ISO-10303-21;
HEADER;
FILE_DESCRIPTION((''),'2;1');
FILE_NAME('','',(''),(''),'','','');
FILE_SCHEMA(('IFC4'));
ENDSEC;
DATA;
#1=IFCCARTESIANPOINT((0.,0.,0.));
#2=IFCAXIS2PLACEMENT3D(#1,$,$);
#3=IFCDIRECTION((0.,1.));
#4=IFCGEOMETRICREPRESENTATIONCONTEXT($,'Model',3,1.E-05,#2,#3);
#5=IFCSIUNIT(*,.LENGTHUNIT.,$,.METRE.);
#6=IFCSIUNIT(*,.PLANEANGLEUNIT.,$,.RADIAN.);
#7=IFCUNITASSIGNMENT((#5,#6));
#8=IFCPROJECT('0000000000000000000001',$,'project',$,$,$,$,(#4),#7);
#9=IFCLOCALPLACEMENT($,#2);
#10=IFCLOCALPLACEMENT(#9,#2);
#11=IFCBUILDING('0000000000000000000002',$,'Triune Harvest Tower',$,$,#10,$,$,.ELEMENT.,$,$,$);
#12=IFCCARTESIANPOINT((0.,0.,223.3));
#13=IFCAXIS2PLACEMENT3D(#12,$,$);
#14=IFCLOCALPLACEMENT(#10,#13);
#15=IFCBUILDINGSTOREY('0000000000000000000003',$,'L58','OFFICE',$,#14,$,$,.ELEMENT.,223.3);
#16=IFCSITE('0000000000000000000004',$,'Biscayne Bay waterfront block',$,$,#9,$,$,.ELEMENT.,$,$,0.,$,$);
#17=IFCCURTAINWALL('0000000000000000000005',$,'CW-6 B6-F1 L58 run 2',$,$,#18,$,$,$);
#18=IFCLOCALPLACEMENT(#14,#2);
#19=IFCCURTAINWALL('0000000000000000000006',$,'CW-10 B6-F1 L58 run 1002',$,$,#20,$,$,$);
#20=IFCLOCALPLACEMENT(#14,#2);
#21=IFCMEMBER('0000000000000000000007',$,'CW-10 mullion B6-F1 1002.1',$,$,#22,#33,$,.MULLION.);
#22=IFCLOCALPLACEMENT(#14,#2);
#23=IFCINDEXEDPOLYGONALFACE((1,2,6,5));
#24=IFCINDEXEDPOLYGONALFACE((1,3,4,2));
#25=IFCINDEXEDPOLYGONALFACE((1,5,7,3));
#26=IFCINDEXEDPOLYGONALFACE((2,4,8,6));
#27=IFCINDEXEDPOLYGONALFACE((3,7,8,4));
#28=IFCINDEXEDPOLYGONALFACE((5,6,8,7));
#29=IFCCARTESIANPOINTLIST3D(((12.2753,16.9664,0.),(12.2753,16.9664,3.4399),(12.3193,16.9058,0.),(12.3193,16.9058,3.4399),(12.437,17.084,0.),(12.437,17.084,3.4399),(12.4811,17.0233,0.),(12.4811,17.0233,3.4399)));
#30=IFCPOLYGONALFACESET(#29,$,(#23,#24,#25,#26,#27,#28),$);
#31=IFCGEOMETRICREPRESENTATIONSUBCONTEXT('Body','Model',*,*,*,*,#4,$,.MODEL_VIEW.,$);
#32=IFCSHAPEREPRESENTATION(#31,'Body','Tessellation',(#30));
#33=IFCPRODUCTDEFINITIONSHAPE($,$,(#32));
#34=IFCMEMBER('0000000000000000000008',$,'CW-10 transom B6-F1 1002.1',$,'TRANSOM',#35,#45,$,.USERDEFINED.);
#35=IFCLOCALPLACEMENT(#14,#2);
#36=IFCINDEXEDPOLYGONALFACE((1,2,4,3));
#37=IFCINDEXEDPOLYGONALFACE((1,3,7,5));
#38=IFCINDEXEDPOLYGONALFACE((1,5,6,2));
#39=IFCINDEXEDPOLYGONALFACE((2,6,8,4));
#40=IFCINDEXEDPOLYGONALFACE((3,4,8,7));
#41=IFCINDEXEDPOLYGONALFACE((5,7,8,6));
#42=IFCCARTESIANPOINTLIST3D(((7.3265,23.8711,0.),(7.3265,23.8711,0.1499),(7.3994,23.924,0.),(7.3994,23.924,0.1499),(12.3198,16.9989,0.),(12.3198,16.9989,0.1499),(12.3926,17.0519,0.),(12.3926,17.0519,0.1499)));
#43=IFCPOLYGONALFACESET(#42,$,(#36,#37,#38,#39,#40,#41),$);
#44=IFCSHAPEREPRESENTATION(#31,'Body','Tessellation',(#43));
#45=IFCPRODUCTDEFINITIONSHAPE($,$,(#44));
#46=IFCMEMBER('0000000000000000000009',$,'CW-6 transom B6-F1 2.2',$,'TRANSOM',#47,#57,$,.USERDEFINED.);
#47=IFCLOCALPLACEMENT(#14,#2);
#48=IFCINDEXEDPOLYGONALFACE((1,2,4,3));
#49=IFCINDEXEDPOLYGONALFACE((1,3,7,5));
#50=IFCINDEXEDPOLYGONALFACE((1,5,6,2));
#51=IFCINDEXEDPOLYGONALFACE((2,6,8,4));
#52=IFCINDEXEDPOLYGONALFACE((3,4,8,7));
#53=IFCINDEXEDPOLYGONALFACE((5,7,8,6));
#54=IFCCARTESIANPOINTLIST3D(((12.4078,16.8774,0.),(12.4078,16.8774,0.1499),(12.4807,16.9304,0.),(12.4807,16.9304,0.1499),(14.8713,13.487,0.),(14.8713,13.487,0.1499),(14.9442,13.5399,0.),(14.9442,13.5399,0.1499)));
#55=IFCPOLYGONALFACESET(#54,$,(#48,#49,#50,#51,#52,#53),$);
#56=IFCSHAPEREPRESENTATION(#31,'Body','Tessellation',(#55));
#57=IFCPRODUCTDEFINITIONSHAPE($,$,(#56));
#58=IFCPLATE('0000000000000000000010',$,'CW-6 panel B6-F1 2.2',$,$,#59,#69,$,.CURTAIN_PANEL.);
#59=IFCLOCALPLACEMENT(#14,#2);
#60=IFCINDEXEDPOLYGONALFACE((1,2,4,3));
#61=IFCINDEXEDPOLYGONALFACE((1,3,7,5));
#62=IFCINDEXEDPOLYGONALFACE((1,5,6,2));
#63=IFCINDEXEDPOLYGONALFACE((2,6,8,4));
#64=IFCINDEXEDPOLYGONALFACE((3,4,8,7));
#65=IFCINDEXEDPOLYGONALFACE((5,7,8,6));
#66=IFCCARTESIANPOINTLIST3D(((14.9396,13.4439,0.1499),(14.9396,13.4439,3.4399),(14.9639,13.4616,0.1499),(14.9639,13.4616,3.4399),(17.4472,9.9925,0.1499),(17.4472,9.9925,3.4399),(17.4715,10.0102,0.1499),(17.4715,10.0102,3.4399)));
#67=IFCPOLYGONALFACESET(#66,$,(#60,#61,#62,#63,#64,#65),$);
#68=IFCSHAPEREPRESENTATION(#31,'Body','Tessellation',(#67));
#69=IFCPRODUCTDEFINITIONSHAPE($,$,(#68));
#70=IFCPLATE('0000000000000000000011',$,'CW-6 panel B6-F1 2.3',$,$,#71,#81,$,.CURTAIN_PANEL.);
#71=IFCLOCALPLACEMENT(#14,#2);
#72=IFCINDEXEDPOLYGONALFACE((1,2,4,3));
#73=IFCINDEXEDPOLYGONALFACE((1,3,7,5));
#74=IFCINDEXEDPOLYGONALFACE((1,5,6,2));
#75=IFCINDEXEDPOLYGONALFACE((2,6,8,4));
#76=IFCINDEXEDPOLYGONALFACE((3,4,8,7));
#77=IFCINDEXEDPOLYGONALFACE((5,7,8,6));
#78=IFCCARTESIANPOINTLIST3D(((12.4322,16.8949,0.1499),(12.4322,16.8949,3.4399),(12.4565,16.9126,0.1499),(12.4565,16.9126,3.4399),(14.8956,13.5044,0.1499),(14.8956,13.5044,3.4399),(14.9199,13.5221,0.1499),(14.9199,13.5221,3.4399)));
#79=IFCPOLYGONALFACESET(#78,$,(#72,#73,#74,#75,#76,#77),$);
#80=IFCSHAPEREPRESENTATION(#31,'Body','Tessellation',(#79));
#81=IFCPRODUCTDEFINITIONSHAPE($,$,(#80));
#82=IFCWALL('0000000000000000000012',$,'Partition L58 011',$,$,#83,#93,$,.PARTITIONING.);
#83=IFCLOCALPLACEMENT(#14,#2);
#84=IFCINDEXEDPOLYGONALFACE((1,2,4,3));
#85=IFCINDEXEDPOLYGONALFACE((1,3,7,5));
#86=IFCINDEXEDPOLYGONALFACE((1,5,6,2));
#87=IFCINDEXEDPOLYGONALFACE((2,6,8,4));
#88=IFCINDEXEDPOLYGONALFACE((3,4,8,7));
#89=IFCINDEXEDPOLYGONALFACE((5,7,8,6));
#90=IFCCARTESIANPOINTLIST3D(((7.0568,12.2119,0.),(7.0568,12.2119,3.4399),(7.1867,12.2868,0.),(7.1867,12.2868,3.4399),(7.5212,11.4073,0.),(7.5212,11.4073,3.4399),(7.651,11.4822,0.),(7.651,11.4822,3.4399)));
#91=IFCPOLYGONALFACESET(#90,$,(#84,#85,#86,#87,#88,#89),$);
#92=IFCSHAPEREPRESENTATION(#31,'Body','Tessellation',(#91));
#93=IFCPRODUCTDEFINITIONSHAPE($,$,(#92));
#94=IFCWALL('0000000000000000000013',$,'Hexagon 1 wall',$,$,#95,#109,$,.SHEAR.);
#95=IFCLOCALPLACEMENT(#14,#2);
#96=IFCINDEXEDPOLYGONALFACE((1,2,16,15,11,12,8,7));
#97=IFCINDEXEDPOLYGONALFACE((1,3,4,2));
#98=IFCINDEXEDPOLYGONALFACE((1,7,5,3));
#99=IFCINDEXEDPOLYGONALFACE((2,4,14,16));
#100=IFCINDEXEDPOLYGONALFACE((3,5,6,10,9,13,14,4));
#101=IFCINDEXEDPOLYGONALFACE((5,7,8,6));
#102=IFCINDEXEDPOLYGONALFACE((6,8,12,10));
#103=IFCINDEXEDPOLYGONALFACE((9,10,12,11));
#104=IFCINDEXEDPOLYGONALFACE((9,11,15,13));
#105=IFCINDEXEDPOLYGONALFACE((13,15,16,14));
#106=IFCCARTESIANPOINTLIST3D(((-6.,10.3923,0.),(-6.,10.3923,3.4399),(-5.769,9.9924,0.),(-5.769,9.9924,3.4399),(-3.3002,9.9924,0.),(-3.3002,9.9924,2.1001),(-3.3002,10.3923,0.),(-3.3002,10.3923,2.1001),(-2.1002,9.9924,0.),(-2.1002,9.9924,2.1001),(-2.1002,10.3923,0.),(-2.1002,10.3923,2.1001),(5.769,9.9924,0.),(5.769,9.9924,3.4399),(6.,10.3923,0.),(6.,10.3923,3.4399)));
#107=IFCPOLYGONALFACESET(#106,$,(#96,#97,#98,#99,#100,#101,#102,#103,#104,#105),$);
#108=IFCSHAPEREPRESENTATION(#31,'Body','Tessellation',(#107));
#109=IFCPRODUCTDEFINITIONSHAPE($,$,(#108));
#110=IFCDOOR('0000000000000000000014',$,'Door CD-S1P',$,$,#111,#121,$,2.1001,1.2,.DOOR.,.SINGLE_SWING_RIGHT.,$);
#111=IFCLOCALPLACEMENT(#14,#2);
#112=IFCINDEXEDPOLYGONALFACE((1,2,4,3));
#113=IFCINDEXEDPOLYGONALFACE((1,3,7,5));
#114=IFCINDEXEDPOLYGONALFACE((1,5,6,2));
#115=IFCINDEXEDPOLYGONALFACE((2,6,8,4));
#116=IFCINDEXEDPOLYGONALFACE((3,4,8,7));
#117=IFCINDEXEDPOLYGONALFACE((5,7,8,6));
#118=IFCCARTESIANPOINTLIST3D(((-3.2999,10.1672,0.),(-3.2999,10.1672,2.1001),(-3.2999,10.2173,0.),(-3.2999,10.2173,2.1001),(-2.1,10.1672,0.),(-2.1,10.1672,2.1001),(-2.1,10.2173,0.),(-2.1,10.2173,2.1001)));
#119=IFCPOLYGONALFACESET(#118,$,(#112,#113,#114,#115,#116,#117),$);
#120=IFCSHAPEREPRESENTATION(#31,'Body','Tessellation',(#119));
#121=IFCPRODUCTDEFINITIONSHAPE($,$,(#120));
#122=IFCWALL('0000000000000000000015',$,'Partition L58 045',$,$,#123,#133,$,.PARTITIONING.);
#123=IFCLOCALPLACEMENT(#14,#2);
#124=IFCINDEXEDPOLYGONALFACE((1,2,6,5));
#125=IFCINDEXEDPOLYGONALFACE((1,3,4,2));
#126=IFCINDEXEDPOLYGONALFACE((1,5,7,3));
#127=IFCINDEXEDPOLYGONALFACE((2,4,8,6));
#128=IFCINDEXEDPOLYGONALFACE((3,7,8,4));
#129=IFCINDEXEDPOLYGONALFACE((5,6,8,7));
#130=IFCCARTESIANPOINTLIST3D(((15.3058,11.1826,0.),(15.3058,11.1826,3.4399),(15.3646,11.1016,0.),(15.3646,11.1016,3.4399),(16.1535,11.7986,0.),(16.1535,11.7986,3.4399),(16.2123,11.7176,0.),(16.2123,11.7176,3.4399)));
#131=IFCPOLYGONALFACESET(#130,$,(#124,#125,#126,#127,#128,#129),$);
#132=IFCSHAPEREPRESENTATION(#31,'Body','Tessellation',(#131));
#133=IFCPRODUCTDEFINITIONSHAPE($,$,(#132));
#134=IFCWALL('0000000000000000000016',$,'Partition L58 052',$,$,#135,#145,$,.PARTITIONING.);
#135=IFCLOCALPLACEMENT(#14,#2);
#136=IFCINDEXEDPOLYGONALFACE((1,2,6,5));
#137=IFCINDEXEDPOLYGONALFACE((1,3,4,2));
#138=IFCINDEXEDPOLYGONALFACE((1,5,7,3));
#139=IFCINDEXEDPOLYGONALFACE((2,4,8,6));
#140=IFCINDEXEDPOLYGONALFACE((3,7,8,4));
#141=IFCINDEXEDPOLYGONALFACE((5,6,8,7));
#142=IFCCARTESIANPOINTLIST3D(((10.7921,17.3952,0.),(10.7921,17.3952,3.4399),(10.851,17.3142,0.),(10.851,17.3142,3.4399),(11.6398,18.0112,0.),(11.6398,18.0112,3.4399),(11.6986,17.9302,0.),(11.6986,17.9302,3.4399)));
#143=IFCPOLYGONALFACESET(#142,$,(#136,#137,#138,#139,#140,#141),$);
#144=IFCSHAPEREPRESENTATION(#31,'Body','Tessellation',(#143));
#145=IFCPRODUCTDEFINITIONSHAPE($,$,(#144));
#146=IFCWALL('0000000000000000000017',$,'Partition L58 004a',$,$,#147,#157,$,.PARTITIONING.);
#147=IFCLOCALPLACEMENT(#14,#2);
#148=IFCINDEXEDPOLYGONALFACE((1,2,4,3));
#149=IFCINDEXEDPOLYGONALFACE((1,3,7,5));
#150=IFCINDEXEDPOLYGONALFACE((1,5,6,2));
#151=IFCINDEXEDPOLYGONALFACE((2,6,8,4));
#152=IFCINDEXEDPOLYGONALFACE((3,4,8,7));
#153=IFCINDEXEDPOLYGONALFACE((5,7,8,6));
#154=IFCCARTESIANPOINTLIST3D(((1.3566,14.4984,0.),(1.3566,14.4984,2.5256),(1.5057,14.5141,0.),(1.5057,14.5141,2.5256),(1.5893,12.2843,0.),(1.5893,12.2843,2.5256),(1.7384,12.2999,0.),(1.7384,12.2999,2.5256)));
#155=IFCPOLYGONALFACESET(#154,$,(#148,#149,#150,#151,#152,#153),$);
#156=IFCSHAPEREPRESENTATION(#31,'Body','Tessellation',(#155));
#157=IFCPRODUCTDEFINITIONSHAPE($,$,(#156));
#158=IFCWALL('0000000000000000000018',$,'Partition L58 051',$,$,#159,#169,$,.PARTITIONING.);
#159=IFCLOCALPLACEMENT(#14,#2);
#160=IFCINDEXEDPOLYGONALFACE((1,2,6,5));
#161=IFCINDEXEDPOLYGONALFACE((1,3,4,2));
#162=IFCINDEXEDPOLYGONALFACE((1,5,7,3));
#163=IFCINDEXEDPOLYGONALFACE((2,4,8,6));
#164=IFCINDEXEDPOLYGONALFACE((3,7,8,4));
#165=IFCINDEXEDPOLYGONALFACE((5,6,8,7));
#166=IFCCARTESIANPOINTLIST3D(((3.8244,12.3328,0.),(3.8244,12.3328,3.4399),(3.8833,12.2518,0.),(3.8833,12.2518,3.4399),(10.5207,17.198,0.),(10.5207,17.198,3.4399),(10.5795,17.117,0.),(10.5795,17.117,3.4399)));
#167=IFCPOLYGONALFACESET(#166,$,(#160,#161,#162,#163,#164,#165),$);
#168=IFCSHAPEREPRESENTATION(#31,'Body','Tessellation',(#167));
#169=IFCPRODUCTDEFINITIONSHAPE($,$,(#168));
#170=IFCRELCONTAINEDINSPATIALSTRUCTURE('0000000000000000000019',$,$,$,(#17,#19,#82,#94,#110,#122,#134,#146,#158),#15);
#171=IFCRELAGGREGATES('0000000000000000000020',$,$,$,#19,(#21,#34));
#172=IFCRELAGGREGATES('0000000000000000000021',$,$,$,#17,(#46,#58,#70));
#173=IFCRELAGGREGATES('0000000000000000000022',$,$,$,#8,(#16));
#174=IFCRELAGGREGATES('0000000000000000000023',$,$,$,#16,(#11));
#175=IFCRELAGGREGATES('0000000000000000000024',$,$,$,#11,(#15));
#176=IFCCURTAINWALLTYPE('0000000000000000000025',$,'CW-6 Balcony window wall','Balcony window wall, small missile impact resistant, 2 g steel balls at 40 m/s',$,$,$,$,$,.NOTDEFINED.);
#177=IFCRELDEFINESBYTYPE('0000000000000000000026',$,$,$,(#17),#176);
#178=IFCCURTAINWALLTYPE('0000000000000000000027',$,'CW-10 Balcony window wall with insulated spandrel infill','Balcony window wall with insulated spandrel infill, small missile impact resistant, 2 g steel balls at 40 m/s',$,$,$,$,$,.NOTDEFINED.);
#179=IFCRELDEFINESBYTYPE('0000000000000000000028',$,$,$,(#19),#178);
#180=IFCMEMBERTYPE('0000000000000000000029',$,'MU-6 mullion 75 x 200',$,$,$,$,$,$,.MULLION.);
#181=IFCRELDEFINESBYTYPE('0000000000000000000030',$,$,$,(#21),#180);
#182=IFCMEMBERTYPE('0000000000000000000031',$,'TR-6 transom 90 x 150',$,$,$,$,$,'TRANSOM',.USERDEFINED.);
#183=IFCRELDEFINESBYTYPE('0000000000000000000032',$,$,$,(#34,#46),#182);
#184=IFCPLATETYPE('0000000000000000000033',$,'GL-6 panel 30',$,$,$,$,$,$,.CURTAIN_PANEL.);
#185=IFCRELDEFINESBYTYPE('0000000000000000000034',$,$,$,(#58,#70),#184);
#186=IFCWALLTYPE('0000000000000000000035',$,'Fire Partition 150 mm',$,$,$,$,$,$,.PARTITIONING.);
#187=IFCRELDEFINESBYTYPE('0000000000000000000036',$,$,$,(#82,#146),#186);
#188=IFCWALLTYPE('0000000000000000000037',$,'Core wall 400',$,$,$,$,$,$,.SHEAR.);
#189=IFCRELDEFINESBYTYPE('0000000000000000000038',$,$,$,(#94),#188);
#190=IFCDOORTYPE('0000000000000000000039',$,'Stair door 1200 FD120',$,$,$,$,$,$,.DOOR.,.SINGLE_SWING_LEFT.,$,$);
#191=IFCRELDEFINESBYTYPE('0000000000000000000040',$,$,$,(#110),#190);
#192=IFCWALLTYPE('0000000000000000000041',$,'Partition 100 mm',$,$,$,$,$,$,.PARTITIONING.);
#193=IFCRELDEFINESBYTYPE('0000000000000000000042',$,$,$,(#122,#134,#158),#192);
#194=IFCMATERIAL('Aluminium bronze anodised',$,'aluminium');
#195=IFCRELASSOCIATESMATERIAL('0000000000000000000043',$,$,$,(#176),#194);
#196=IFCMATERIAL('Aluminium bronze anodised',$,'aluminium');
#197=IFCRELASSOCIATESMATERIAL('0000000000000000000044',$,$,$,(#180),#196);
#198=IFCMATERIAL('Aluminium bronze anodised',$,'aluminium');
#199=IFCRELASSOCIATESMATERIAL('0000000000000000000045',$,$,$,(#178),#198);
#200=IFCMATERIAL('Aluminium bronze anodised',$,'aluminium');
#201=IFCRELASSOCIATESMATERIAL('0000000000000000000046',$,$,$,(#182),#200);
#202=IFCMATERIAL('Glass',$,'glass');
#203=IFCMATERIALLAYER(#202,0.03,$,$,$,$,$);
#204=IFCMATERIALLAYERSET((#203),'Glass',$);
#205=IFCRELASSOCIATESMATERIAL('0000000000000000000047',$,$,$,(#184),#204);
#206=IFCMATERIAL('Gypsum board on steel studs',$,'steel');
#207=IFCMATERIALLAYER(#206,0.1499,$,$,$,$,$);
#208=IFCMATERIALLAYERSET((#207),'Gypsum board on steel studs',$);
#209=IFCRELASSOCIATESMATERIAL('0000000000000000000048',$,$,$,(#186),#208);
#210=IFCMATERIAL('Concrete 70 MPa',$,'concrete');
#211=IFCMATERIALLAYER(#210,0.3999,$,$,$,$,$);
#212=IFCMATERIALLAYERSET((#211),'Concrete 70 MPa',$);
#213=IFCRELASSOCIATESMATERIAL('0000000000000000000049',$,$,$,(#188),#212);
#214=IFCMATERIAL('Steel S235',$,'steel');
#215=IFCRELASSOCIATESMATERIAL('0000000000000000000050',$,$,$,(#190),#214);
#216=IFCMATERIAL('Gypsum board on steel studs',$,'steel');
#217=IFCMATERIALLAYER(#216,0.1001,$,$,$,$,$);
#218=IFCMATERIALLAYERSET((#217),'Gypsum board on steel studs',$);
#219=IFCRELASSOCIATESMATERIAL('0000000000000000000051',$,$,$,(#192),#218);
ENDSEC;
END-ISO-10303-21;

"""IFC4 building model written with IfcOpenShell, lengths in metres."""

from ifc_helpers import new_model, si_unit, direction, frame, frame_2d, origin, origin_2d, place, context, subcontext, project, spatial, polyline, rectangle, outline, extrude, source, transform, mapped, material, layer, layer_set, material_profile, profile_set, type_object, element, fill, aggregate, save


model = new_model("IFC4")

# Units and contexts
model_context = context("Model", 3, precision=1e-05, world=origin(), true_north=direction((0.0, 1.0)))
body_context = subcontext(model_context, "Body", "Model", "MODEL_VIEW")
ifc_project = project(units=[si_unit("LENGTHUNIT", "METRE"), si_unit("PLANEANGLEUNIT", "RADIAN")], contexts=[model_context])

# Site, building, storey
site_placement = place(None, origin())
site = spatial("IfcSite", under=ifc_project, at=site_placement, Name="Biscayne Bay waterfront block", CompositionType="ELEMENT", RefElevation=0.0)
building_placement = place(site_placement, origin())
building = spatial("IfcBuilding", under=site, at=building_placement, Name="Triune Harvest Tower", CompositionType="ELEMENT")
storey_placement = place(building_placement, frame((0.0, 0.0, 223.3)))
storey = spatial("IfcBuildingStorey", under=building, at=storey_placement, Name="L58", Description="OFFICE", CompositionType="ELEMENT", Elevation=223.3)

# Curtain walls, members
ifc_material_1 = material(Name="Aluminium bronze anodised", Category="aluminium")
curtain_wall_type_1 = type_object("IfcCurtainWallType", Name="CW-6 Balcony window wall", Description="Balcony window wall, small missile impact resistant, 2 g steel balls at 40 m/s", PredefinedType="NOTDEFINED", material=ifc_material_1)
curtain_wall_1_placement = place(storey_placement, origin())
curtain_wall_1 = element("IfcCurtainWall", 1, at=curtain_wall_1_placement, inside=storey, type_object=curtain_wall_type_1, Name="CW-6 B6-F1 L58 run 2")
ifc_material_2 = material(Name="Aluminium bronze anodised", Category="aluminium")
ifc_material_profile_1 = material_profile(ifc_material_2, rectangle(XDim=0.2, YDim=0.075, at=origin_2d()), Name="MU-6 mullion 75 x 200")
ifc_profile_set_1 = profile_set([ifc_material_profile_1], Name="Aluminium bronze anodised")
member_type_1 = type_object("IfcMemberType", Name="MU-6 mullion 75 x 200", PredefinedType="MULLION", material=ifc_profile_set_1)
shared_shape_1 = source(origin(), body_context, "Body", "SweptSolid", [
    extrude(rectangle(XDim=0.2, YDim=0.075, at=origin_2d()), origin(), (0.0, 0.0, 1.0), 3.4399),
])
ifc_material_3 = material(Name="Aluminium bronze anodised", Category="aluminium")
curtain_wall_type_2 = type_object("IfcCurtainWallType", Name="CW-10 Balcony window wall with insulated spandrel infill", Description="Balcony window wall with insulated spandrel infill, small missile impact resistant, 2 g steel balls at 40 m/s", PredefinedType="NOTDEFINED", material=ifc_material_3)
curtain_wall_2_placement = place(storey_placement, origin())
curtain_wall_2 = element("IfcCurtainWall", 2, at=curtain_wall_2_placement, inside=storey, type_object=curtain_wall_type_2, Name="CW-10 B6-F1 L58 run 1002")
member_1_placement = place(storey_placement, frame((12.3782, 16.9949, 0.0), z_axis=(0.0, 0.0, 1.0), x_axis=(-0.809017, -0.587786, 0.0)))
member_1 = element("IfcMember", 3, at=member_1_placement, type_object=member_type_1, Name="CW-10 mullion B6-F1 1002.1", PredefinedType="MULLION", context=body_context, shape_type="MappedRepresentation", body=[
    mapped(shared_shape_1, transform((0.0, 0.0, 0.0), scale=1.0)),
])
ifc_material_4 = material(Name="Aluminium bronze anodised", Category="aluminium")
ifc_material_profile_2 = material_profile(ifc_material_4, rectangle(XDim=0.0901, YDim=0.1499, at=origin_2d()), Name="TR-6 transom 90 x 150")
ifc_profile_set_2 = profile_set([ifc_material_profile_2], Name="Aluminium bronze anodised")
member_type_2 = type_object("IfcMemberType", Name="TR-6 transom 90 x 150", ElementType="TRANSOM", PredefinedType="USERDEFINED", material=ifc_profile_set_2)
shared_shape_2 = source(origin(), body_context, "Body", "SweptSolid", [
    extrude(rectangle(XDim=0.0901, YDim=0.1499, at=origin_2d()), origin(), (0.0, 0.0, 1.0), 8.4946),
])
member_2_placement = place(storey_placement, frame((12.3562, 17.0254, 0.075), z_axis=(-0.587809, 0.808999, 0.0), x_axis=(-0.808999, -0.587809, 0.0)))
member_2 = element("IfcMember", 4, at=member_2_placement, type_object=member_type_2, Name="CW-10 transom B6-F1 1002.1", ObjectType="TRANSOM", PredefinedType="USERDEFINED", context=body_context, shape_type="MappedRepresentation", body=[
    mapped(shared_shape_2, transform((0.0, 0.0, 0.0), scale=1.0)),
])
aggregate(curtain_wall_2, [member_1, member_2])

# Member
shared_shape_3 = source(origin(), body_context, "Body", "SweptSolid", [
    extrude(rectangle(XDim=0.0901, YDim=0.1499, at=origin_2d()), origin(), (0.0, 0.0, 1.0), 4.1909),
])
member_3_placement = place(storey_placement, frame((14.9077, 13.5134, 0.075), z_axis=(-0.587804, 0.809003, 0.0), x_axis=(-0.809003, -0.587804, 0.0)))
member_3 = element("IfcMember", 5, at=member_3_placement, type_object=member_type_2, Name="CW-6 transom B6-F1 2.2", ObjectType="TRANSOM", PredefinedType="USERDEFINED", context=body_context, shape_type="MappedRepresentation", body=[
    mapped(shared_shape_3, transform((0.0, 0.0, 0.0), scale=1.0)),
])

# Plates
ifc_material_5 = material(Name="Glass", Category="glass")
ifc_layer_1 = layer(ifc_material_5, 0.03)
ifc_layer_set_1 = layer_set([ifc_layer_1], Name="Glass")
plate_type = type_object("IfcPlateType", Name="GL-6 panel 30", PredefinedType="CURTAIN_PANEL", material=ifc_layer_set_1)
shared_shape_4 = source(origin(), body_context, "Body", "SweptSolid", [
    extrude(rectangle(XDim=4.2661, YDim=0.03, at=origin_2d()), origin(), (0.0, 0.0, 1.0), 3.29),
])
plate_1_placement = place(storey_placement, frame((16.2056, 11.7271, 0.1499), z_axis=(0.0, 0.0, 1.0), x_axis=(-0.587786, 0.809017, 0.0)))
plate_1 = element("IfcPlate", 6, at=plate_1_placement, type_object=plate_type, Name="CW-6 panel B6-F1 2.2", PredefinedType="CURTAIN_PANEL", context=body_context, shape_type="MappedRepresentation", body=[
    mapped(shared_shape_4, transform((0.0, 0.0, 0.0), scale=1.0)),
])
shared_shape_5 = source(origin(), body_context, "Body", "SweptSolid", [
    extrude(rectangle(XDim=4.1909, YDim=0.03, at=origin_2d()), origin(), (0.0, 0.0, 1.0), 3.29),
])
plate_2_placement = place(storey_placement, frame((13.676, 15.2085, 0.1499), z_axis=(0.0, 0.0, 1.0), x_axis=(-0.587786, 0.809017, 0.0)))
plate_2 = element("IfcPlate", 7, at=plate_2_placement, type_object=plate_type, Name="CW-6 panel B6-F1 2.3", PredefinedType="CURTAIN_PANEL", context=body_context, shape_type="MappedRepresentation", body=[
    mapped(shared_shape_5, transform((0.0, 0.0, 0.0), scale=1.0)),
])
aggregate(curtain_wall_1, [member_3, plate_1, plate_2])

# Wall
ifc_material_6 = material(Name="Gypsum board on steel studs", Category="steel")
ifc_layer_2 = layer(ifc_material_6, 0.1499)
ifc_layer_set_2 = layer_set([ifc_layer_2], Name="Gypsum board on steel studs")
wall_type_1 = type_object("IfcWallType", Name="Fire Partition 150 mm", PredefinedType="PARTITIONING", material=ifc_layer_set_2)
wall_1_placement = place(storey_placement, frame((7.1218, 12.2493, 0.0), z_axis=(0.0, 0.0, 1.0), x_axis=(0.499813, -0.866133, 0.0)))
element("IfcWall", 8, at=wall_1_placement, inside=storey, type_object=wall_type_1, Name="Partition L58 011", PredefinedType="PARTITIONING", context=body_context, shape_type="SweptSolid", body=[
    extrude(rectangle(XDim=0.929, YDim=0.1499, at=frame_2d((0.4644, 0.0))), origin(), (0.0, 0.0, 1.0), 3.4399),
])

# Wall, opening, door
ifc_material_7 = material(Name="Concrete 70 MPa", Category="concrete")
ifc_layer_3 = layer(ifc_material_7, 0.3999)
ifc_layer_set_3 = layer_set([ifc_layer_3], Name="Concrete 70 MPa")
wall_type_2 = type_object("IfcWallType", Name="Core wall 400", PredefinedType="SHEAR", material=ifc_layer_set_3)
shared_shape_6 = source(origin(), body_context, "Body", "SweptSolid", [
    extrude(outline(polyline([(-0.1155, -0.2), (11.8845, -0.2), (11.6536, 0.2), (0.1155, 0.2), (-0.1155, -0.2)])), origin(), (0.0, 0.0, 1.0), 3.4399),
])
wall_2_placement = place(storey_placement, frame((5.8845, 10.1924, 0.0), z_axis=(0.0, 0.0, 1.0), x_axis=(-1.0, 0.0, 0.0)))
wall_2 = element("IfcWall", 9, at=wall_2_placement, inside=storey, type_object=wall_type_2, Name="Hexagon 1 wall", PredefinedType="SHEAR", context=body_context, shape_type="MappedRepresentation", body=[
    mapped(shared_shape_6, transform((0.0, 0.0, 0.0), scale=1.0)),
])
opening_1_placement = place(wall_2_placement, frame((7.9846, 0.0, 0.0)))
opening_1 = element("IfcOpeningElement", 10, at=opening_1_placement, cuts=wall_2, PredefinedType="OPENING", context=body_context, shape_type="SweptSolid", body=[
    extrude(rectangle(XDim=1.2, YDim=2.1001, at=frame_2d((0.6001, 1.05))), frame((0.0, 0.21, 0.0), z_axis=(0.0, -1.0, 0.0), x_axis=(1.0, 0.0, 0.0)), (0.0, 0.0, 1.0), 0.4199),
])
ifc_material_8 = material(Name="Steel S235", Category="steel")
door_type_1 = type_object("IfcDoorType", Name="Stair door 1200 FD120", OperationType="SINGLE_SWING_LEFT", PredefinedType="DOOR", material=ifc_material_8)
door_1_placement = place(opening_1_placement, frame((1.2, 0.0, 0.0), z_axis=(0.0, 0.0, 1.0), x_axis=(-1.0, 0.0, 0.0)))
door_1 = element("IfcDoor", 11, at=door_1_placement, inside=storey, type_object=door_type_1, Name="Door CD-S1P", OperationType="SINGLE_SWING_RIGHT", OverallHeight=2.1001, OverallWidth=1.2, PredefinedType="DOOR", context=body_context, shape_type="SweptSolid", body=[
    extrude(rectangle(XDim=1.2, YDim=2.1001, at=frame_2d((0.6001, 1.05))), frame((0.0, 0.0249, 0.0), z_axis=(0.0, -1.0, 0.0), x_axis=(1.0, 0.0, 0.0)), (0.0, 0.0, 1.0), 0.05),
])
fill(opening_1, door_1)

# Walls
ifc_material_9 = material(Name="Gypsum board on steel studs", Category="steel")
ifc_layer_4 = layer(ifc_material_9, 0.1001)
ifc_layer_set_4 = layer_set([ifc_layer_4], Name="Gypsum board on steel studs")
wall_type_3 = type_object("IfcWallType", Name="Partition 100 mm", PredefinedType="PARTITIONING", material=ifc_layer_set_4)
shared_shape_7 = source(origin(), body_context, "Body", "SweptSolid", [
    extrude(rectangle(XDim=1.0479, YDim=0.1001, at=frame_2d((0.5239, 0.0))), origin(), (0.0, 0.0, 1.0), 3.4399),
])
for number, where, z_axis, x_axis, name in (
    (12, (15.3352, 11.1421, 0.0), (0.0, 0.0, 1.0), (0.808968, 0.587853, 0.0), "Partition L58 045"),
    (13, (10.8215, 17.3547, 0.0), (0.0, 0.0, 1.0), (0.808968, 0.587853, 0.0), "Partition L58 052"),
):
    element("IfcWall", number, at=place(storey_placement, frame(where, z_axis=z_axis, x_axis=x_axis)), inside=storey, type_object=wall_type_3, Name=name, PredefinedType="PARTITIONING", context=body_context, shape_type="MappedRepresentation", body=[
        mapped(shared_shape_7, transform((0.0, 0.0, 0.0), scale=1.0)),
    ])
shared_shape_8 = source(origin(), body_context, "Body", "SweptSolid", [
    extrude(rectangle(XDim=2.2263, YDim=0.1499, at=frame_2d((1.1133, 0.0))), origin(), (0.0, 0.0, 1.0), 2.5256),
])
wall_3_placement = place(storey_placement, frame((1.4312, 14.5063, 0.0), z_axis=(0.0, 0.0, 1.0), x_axis=(0.104508, -0.994524, 0.0)))
element("IfcWall", 14, at=wall_3_placement, inside=storey, type_object=wall_type_1, Name="Partition L58 004a", PredefinedType="PARTITIONING", context=body_context, shape_type="MappedRepresentation", body=[
    mapped(shared_shape_8, transform((0.0, 0.0, 0.0), scale=1.0)),
])
shared_shape_9 = source(origin(), body_context, "Body", "SweptSolid", [
    extrude(rectangle(XDim=8.2771, YDim=0.1001, at=frame_2d((4.1387, 0.0))), origin(), (0.0, 0.0, 1.0), 3.4399),
])
wall_4_placement = place(storey_placement, frame((3.8538, 12.2922, 0.0), z_axis=(0.0, 0.0, 1.0), x_axis=(0.809012, 0.587793, 0.0)))
element("IfcWall", 15, at=wall_4_placement, inside=storey, type_object=wall_type_3, Name="Partition L58 051", PredefinedType="PARTITIONING", context=body_context, shape_type="MappedRepresentation", body=[
    mapped(shared_shape_9, transform((0.0, 0.0, 0.0), scale=1.0)),
])

save(model, "model.ifc")
